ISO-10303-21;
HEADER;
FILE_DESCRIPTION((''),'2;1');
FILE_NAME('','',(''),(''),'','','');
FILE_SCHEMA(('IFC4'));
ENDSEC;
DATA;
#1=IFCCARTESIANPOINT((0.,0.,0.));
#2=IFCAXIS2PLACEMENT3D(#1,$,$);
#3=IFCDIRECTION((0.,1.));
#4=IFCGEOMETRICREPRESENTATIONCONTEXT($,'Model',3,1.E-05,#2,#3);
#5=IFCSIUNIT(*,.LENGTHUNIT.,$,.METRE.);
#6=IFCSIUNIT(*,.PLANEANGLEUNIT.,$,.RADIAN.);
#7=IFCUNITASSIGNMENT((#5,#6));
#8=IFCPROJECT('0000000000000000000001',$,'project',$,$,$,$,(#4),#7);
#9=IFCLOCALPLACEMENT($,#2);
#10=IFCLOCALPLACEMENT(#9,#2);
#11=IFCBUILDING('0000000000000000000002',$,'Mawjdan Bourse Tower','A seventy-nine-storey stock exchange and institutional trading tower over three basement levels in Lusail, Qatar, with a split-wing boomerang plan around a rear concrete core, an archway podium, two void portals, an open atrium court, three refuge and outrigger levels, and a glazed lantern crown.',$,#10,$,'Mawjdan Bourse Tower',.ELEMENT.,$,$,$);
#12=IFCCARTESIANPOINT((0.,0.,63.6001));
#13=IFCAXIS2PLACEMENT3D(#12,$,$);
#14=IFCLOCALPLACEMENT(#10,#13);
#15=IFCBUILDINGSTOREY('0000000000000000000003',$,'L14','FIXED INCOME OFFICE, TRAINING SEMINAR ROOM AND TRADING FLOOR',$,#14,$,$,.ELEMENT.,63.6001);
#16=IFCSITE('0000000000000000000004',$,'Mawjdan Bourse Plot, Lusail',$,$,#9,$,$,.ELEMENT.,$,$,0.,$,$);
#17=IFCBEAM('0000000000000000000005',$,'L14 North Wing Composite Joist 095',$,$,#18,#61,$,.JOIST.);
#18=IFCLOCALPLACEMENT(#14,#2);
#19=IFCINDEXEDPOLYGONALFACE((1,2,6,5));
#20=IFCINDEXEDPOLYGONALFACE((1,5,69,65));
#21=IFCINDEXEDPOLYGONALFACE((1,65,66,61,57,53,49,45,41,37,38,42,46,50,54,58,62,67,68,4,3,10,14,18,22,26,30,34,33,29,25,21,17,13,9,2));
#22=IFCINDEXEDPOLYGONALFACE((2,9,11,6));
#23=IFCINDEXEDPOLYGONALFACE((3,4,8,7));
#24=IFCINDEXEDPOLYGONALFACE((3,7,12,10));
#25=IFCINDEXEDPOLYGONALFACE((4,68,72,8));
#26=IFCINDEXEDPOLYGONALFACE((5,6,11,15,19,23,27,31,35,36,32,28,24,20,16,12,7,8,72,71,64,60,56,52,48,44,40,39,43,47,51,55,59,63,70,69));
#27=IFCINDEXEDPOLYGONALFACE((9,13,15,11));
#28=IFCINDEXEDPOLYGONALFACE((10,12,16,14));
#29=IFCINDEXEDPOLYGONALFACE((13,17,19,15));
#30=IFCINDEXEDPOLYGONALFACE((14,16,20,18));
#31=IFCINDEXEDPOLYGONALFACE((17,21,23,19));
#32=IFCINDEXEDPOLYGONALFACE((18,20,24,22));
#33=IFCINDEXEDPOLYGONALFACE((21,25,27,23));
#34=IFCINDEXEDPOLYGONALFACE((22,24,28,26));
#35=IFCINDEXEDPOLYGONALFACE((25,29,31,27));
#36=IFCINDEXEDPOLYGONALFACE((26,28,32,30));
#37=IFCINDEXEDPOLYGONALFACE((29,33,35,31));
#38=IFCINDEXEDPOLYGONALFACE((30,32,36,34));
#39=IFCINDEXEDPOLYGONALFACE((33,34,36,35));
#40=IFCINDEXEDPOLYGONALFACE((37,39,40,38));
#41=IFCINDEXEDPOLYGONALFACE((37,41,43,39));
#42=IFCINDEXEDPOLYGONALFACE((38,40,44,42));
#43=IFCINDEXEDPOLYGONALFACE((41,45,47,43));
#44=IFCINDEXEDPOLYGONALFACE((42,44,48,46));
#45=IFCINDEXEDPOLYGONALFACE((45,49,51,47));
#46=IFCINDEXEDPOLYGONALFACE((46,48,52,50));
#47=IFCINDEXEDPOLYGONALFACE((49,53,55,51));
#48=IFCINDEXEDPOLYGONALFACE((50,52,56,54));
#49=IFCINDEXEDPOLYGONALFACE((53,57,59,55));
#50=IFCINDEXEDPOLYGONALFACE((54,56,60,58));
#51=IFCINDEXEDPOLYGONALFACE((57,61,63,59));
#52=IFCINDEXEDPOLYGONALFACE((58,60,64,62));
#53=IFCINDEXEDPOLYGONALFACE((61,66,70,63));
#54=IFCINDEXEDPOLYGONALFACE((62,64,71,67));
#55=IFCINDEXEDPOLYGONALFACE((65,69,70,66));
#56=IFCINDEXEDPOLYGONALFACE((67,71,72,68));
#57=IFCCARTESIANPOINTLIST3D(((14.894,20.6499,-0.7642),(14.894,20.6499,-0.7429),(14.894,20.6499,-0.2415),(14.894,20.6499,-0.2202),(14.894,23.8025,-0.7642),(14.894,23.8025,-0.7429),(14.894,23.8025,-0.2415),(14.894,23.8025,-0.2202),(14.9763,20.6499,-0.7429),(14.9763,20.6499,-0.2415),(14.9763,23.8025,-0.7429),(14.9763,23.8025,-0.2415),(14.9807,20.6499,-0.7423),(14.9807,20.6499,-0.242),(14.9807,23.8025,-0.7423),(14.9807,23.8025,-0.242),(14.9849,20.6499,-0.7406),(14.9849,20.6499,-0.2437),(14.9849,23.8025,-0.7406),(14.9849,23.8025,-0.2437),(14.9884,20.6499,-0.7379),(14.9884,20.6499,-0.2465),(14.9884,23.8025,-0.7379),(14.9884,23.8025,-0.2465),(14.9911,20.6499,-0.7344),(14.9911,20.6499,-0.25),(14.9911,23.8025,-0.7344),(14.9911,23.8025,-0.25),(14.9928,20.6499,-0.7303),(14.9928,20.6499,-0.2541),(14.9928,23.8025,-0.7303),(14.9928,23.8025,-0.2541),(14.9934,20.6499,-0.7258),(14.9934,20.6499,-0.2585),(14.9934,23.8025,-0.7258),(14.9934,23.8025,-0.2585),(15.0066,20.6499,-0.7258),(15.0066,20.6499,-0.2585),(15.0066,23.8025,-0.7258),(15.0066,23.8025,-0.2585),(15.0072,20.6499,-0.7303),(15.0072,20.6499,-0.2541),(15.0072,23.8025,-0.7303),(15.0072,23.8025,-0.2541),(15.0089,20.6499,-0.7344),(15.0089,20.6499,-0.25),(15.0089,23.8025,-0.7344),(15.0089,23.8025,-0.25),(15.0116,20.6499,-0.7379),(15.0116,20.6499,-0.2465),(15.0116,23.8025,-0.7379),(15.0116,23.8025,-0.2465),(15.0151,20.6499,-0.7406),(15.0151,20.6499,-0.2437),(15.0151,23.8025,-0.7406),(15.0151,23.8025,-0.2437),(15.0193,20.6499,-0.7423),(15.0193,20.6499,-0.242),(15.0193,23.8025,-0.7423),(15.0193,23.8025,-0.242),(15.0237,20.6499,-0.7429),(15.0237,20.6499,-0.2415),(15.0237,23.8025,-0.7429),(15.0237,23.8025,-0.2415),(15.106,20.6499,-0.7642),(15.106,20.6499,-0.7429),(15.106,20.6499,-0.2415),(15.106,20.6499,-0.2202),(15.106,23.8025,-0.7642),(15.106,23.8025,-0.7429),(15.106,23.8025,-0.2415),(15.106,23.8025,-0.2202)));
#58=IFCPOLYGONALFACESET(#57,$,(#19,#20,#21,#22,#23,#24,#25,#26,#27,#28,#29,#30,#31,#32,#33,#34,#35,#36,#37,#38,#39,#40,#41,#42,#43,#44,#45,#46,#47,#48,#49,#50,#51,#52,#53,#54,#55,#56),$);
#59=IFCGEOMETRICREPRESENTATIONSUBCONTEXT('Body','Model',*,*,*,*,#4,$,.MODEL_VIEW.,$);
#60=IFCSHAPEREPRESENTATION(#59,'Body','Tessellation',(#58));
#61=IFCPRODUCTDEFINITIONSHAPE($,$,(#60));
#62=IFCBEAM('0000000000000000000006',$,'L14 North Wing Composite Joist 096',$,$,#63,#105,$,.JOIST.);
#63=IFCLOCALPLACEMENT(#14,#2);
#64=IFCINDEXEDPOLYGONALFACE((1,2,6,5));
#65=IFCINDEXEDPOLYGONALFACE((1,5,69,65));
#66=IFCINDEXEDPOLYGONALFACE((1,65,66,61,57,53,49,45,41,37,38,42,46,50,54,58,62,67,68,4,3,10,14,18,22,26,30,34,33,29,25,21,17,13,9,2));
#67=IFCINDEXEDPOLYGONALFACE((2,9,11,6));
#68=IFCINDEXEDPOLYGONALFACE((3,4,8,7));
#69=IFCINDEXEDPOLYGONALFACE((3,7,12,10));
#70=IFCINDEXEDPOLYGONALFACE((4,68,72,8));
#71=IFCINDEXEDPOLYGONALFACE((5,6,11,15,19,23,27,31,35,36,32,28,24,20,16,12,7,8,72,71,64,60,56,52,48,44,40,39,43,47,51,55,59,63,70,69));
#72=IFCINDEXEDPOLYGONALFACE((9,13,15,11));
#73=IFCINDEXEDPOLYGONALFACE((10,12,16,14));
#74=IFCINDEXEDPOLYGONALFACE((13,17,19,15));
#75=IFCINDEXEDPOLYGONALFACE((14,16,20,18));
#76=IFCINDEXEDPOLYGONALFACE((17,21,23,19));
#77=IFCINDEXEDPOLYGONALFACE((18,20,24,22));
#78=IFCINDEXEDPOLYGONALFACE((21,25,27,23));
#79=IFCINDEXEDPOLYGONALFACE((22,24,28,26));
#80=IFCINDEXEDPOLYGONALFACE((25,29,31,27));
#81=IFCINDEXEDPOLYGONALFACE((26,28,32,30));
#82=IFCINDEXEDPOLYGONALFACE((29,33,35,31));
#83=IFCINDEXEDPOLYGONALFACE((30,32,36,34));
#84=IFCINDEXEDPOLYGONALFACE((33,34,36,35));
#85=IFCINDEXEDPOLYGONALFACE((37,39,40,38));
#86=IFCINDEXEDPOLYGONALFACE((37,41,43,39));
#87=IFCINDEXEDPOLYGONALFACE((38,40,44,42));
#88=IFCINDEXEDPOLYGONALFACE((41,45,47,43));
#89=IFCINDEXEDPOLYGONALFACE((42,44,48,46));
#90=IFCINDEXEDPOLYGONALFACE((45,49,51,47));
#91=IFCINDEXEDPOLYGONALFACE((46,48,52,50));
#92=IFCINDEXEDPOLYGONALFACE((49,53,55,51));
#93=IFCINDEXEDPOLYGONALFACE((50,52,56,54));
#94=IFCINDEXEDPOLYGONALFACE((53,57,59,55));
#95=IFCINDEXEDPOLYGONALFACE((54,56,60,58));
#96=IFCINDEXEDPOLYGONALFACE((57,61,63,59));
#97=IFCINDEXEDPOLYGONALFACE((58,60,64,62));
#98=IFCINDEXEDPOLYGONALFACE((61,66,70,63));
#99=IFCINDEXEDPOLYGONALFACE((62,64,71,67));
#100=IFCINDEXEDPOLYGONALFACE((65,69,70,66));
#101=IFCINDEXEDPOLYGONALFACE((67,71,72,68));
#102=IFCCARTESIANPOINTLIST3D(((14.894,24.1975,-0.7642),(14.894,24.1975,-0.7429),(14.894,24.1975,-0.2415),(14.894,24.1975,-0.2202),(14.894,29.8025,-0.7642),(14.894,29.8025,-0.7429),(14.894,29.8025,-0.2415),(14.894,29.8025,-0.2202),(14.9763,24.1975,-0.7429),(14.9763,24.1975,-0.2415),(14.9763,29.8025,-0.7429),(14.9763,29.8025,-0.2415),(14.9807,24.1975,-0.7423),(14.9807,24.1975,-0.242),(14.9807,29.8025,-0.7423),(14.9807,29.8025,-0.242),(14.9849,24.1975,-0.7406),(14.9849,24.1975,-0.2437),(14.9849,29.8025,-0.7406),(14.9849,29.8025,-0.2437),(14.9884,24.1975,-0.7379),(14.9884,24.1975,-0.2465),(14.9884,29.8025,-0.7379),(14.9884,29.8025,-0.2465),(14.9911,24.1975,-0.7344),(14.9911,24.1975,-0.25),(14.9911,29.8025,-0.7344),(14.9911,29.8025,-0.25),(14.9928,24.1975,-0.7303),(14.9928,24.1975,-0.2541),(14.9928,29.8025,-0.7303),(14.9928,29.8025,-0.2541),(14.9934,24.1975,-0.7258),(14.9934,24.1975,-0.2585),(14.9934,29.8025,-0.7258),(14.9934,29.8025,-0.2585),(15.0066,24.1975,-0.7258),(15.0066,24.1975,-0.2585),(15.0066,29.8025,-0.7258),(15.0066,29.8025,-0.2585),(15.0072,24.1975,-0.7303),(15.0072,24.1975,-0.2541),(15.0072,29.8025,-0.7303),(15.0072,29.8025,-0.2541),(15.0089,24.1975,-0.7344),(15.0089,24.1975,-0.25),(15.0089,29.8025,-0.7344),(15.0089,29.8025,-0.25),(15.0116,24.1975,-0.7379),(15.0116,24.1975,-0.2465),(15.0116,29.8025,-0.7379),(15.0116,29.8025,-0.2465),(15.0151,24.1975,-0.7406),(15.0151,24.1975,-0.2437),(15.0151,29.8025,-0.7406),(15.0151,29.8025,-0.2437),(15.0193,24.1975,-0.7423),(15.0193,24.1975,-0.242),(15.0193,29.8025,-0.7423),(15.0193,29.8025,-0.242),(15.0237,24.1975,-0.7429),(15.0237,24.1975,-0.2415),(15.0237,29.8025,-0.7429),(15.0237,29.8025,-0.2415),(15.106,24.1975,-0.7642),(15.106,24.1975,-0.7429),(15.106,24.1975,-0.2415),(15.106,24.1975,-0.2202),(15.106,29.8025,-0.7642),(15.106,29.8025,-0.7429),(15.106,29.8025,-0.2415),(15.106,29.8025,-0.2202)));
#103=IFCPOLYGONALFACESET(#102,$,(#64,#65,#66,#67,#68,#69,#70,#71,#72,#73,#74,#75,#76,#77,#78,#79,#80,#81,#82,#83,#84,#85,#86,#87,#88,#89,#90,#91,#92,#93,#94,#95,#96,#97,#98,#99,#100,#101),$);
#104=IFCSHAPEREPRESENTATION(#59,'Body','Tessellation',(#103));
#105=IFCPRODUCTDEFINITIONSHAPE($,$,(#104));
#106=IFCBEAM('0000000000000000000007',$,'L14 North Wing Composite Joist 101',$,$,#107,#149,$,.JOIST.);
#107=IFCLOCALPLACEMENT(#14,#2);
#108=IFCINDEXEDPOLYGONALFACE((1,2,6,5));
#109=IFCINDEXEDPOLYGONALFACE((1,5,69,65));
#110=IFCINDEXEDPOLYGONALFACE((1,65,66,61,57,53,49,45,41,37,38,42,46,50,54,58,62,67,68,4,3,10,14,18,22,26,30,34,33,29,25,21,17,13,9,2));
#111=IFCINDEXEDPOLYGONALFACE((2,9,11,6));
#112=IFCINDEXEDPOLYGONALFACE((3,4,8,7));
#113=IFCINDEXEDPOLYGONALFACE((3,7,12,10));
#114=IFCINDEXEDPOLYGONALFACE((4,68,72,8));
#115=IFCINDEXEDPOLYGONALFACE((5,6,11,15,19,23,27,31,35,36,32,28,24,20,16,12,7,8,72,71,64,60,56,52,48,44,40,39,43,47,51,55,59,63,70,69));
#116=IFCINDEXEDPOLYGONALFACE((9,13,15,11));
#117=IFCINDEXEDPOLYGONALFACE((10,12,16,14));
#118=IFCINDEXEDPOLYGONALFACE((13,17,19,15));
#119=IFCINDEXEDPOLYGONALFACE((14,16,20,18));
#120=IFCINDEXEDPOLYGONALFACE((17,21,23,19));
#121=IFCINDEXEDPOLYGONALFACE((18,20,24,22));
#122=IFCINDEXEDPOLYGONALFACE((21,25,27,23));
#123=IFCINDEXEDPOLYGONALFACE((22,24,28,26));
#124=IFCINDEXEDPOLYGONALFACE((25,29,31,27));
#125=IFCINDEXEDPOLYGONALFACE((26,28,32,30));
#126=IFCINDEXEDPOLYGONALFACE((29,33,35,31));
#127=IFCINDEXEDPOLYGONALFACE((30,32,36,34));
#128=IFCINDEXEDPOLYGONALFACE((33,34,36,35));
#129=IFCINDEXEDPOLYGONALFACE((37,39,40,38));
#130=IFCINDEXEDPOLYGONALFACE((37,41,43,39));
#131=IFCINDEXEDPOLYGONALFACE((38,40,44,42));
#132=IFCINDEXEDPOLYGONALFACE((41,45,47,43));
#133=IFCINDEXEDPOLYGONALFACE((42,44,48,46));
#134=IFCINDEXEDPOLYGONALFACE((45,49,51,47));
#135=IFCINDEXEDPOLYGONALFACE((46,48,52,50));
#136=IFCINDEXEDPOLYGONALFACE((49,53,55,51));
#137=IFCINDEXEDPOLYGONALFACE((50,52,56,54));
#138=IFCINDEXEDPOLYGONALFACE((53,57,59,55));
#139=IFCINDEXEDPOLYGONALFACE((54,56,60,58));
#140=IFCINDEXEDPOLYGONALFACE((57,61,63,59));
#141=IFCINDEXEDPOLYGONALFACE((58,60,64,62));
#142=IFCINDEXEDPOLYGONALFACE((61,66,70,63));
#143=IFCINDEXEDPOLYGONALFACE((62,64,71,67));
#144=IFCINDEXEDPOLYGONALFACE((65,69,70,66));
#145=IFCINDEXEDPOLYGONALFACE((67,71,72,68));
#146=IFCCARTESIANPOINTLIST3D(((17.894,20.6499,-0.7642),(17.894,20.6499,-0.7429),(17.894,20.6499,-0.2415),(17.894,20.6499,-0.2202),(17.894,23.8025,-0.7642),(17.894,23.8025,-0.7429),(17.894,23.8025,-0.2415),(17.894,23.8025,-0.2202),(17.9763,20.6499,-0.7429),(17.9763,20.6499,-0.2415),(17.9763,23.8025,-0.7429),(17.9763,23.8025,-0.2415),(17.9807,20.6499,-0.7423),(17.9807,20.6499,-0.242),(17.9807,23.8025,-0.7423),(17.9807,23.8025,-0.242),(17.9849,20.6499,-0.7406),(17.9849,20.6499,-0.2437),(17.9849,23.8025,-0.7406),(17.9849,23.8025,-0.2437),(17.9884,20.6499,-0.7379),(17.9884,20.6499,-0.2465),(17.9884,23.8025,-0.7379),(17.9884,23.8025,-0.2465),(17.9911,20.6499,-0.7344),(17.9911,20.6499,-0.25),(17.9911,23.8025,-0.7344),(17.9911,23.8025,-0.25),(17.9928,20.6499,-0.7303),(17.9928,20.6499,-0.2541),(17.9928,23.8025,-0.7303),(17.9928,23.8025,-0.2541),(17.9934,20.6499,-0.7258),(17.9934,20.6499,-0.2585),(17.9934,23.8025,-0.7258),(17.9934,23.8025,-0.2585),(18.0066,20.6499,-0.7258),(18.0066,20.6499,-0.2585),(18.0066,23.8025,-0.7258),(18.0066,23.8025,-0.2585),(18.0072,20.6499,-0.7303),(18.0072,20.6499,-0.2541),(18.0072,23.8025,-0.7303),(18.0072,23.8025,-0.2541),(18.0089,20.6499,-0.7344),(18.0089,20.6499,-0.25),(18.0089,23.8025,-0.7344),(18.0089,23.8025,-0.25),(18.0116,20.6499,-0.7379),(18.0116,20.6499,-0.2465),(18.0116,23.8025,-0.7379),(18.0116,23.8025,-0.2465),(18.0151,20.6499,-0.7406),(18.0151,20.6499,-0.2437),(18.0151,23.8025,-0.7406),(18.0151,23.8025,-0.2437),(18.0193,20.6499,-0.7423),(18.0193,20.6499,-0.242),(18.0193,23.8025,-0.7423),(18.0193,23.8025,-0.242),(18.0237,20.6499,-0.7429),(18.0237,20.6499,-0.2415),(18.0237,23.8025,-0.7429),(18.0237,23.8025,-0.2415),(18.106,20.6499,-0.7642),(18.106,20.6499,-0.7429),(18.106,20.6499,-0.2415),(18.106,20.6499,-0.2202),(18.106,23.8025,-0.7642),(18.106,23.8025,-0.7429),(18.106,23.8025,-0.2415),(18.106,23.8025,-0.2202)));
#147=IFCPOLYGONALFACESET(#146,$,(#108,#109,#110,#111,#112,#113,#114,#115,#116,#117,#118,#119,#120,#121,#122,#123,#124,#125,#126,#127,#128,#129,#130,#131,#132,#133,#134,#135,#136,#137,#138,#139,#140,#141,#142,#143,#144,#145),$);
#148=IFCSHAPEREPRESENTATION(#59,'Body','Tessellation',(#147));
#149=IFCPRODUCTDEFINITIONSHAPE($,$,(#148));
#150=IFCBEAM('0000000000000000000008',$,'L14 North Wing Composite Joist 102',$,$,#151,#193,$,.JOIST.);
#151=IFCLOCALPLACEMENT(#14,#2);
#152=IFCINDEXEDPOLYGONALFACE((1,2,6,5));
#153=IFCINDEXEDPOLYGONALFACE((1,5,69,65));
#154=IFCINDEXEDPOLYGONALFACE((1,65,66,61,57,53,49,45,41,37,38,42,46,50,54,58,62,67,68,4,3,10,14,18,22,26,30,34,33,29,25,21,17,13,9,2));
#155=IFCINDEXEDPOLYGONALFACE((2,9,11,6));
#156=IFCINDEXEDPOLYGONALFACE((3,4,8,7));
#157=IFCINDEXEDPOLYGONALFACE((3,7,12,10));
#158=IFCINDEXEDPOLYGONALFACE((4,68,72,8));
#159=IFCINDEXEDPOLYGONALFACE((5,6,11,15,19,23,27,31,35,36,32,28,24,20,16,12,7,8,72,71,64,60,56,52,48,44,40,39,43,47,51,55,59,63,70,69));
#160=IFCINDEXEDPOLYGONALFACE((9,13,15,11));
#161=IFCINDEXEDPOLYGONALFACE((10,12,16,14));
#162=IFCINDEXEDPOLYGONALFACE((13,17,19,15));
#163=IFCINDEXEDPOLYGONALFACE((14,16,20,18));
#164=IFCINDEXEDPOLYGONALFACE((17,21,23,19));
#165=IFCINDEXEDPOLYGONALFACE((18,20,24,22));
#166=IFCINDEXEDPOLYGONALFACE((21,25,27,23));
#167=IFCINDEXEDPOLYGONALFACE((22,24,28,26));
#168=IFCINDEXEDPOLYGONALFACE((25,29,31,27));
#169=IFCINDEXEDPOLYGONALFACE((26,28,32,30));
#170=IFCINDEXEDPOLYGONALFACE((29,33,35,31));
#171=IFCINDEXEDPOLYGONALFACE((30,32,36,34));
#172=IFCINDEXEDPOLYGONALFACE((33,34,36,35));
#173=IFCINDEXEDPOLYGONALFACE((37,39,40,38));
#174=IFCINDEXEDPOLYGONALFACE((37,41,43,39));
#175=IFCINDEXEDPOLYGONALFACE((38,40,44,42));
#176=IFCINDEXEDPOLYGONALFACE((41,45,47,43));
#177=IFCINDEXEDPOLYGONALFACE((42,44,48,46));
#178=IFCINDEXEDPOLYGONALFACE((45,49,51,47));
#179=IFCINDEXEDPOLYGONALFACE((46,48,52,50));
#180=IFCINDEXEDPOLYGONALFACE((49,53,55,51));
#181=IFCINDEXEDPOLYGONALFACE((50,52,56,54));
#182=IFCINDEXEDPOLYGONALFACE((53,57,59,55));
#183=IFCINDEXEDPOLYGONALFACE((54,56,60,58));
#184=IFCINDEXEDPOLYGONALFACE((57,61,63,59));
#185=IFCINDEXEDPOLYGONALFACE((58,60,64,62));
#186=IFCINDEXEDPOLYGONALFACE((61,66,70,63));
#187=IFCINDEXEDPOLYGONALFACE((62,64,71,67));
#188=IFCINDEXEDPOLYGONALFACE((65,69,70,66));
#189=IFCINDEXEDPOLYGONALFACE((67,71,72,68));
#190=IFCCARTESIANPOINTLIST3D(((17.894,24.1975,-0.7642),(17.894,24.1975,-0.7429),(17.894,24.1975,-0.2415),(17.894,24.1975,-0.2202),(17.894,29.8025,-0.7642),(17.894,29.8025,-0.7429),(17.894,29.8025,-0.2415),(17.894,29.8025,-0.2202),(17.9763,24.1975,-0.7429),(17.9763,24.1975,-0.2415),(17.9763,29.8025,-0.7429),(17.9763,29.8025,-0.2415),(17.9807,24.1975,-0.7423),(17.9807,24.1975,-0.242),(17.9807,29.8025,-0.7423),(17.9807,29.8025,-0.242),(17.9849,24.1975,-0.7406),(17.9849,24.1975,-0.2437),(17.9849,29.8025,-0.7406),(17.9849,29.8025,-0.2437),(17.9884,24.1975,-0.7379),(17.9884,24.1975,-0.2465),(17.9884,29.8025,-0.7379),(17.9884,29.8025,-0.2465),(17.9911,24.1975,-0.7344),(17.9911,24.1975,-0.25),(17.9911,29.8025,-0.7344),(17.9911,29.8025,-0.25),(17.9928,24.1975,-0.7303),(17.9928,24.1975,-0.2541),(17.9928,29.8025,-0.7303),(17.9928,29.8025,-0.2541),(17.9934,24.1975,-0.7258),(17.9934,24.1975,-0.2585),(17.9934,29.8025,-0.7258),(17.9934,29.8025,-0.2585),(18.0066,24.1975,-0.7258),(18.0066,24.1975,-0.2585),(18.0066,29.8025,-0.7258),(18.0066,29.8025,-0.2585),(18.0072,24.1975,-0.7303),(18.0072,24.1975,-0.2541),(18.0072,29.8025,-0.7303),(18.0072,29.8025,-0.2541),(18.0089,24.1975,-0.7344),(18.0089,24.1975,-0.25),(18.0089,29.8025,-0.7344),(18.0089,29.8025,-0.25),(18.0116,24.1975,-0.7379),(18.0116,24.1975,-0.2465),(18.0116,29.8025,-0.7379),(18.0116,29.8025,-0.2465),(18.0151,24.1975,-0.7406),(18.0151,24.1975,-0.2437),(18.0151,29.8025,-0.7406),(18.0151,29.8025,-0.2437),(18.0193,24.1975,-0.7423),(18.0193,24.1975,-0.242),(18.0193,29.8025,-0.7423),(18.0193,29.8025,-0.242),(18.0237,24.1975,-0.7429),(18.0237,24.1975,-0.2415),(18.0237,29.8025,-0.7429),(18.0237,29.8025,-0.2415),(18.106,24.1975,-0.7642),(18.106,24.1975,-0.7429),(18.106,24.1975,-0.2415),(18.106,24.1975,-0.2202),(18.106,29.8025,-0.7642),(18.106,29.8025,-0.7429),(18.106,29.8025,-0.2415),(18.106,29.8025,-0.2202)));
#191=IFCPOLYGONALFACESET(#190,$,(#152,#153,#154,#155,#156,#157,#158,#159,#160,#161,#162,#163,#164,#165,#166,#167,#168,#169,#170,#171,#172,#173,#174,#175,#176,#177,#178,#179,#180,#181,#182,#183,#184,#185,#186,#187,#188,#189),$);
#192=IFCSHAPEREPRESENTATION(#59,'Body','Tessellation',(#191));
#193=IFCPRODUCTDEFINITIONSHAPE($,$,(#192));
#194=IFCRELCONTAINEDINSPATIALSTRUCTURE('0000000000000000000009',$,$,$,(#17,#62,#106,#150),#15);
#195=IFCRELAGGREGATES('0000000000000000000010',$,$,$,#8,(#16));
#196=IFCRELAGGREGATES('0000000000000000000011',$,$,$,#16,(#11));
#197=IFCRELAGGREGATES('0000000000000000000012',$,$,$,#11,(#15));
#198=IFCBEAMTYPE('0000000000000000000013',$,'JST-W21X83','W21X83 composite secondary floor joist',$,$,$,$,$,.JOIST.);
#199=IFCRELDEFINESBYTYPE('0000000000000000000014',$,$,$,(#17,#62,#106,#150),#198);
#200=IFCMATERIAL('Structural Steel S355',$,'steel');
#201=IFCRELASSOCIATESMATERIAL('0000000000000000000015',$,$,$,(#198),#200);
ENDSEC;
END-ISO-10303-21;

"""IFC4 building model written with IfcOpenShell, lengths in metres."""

from ifc_helpers import new_model, si_unit, direction, frame, origin, origin_2d, place, context, subcontext, project, spatial, i_section, extrude, material, material_profile, profile_set, type_object, element, save


model = new_model("IFC4")

# Units and contexts
model_context = context("Model", 3, precision=1e-05, world=origin(), true_north=direction((0.0, 1.0)))
body_context = subcontext(model_context, "Body", "Model", "MODEL_VIEW")
ifc_project = project(units=[si_unit("LENGTHUNIT", "METRE"), si_unit("PLANEANGLEUNIT", "RADIAN")], contexts=[model_context])

# Site, building, storey
site_placement = place(None, origin())
site = spatial("IfcSite", under=ifc_project, at=site_placement, Name="Mawjdan Bourse Plot, Lusail", CompositionType="ELEMENT", RefElevation=0.0)
building_placement = place(site_placement, origin())
building = spatial("IfcBuilding", under=site, at=building_placement, Name="Mawjdan Bourse Tower", Description="A seventy-nine-storey stock exchange and institutional trading tower over three basement levels in Lusail, Qatar, with a split-wing boomerang plan around a rear concrete core, an archway podium, two void portals, an open atrium court, three refuge and outrigger levels, and a glazed lantern crown.", LongName="Mawjdan Bourse Tower", CompositionType="ELEMENT")
storey_placement = place(building_placement, frame((0.0, 0.0, 63.6001)))
storey = spatial("IfcBuildingStorey", under=building, at=storey_placement, Name="L14", Description="FIXED INCOME OFFICE, TRAINING SEMINAR ROOM AND TRADING FLOOR", CompositionType="ELEMENT", Elevation=63.6001)

# Beams
ifc_material_1 = material(Name="Structural Steel S355", Category="steel")
ifc_material_profile_1 = material_profile(ifc_material_1, i_section(OverallWidth=0.2119, OverallDepth=0.5439, WebThickness=0.0132, FlangeThickness=0.0212, FilletRadius=0.0171, at=origin_2d()), Name="W21X83")
ifc_profile_set_1 = profile_set([ifc_material_profile_1], Name="Structural Steel S355")
beam_type_1 = type_object("IfcBeamType", Name="JST-W21X83", Description="W21X83 composite secondary floor joist", PredefinedType="JOIST", material=ifc_profile_set_1)
beam_1_placement = place(storey_placement, frame((15.0, 20.6499, -0.4922), z_axis=(0.0, 1.0, 0.0), x_axis=(-1.0, 0.0, 0.0)))
element("IfcBeam", 1, at=beam_1_placement, inside=storey, type_object=beam_type_1, Name="L14 North Wing Composite Joist 095", PredefinedType="JOIST", context=body_context, shape_type="SweptSolid", body=[
    extrude(i_section(OverallWidth=0.2119, OverallDepth=0.5439, WebThickness=0.0132, FlangeThickness=0.0212, FilletRadius=0.0171, at=origin_2d()), origin(), (0.0, 0.0, 1.0), 3.1526),
])
beam_2_placement = place(storey_placement, frame((15.0, 24.1975, -0.4922), z_axis=(0.0, 1.0, 0.0), x_axis=(-1.0, 0.0, 0.0)))
element("IfcBeam", 2, at=beam_2_placement, inside=storey, type_object=beam_type_1, Name="L14 North Wing Composite Joist 096", PredefinedType="JOIST", context=body_context, shape_type="SweptSolid", body=[
    extrude(i_section(OverallWidth=0.2119, OverallDepth=0.5439, WebThickness=0.0132, FlangeThickness=0.0212, FilletRadius=0.0171, at=origin_2d()), origin(), (0.0, 0.0, 1.0), 5.605),
])
beam_3_placement = place(storey_placement, frame((18.0, 20.6499, -0.4922), z_axis=(0.0, 1.0, 0.0), x_axis=(-1.0, 0.0, 0.0)))
element("IfcBeam", 3, at=beam_3_placement, inside=storey, type_object=beam_type_1, Name="L14 North Wing Composite Joist 101", PredefinedType="JOIST", context=body_context, shape_type="SweptSolid", body=[
    extrude(i_section(OverallWidth=0.2119, OverallDepth=0.5439, WebThickness=0.0132, FlangeThickness=0.0212, FilletRadius=0.0171, at=origin_2d()), origin(), (0.0, 0.0, 1.0), 3.1526),
])
beam_4_placement = place(storey_placement, frame((18.0, 24.1975, -0.4922), z_axis=(0.0, 1.0, 0.0), x_axis=(-1.0, 0.0, 0.0)))
element("IfcBeam", 4, at=beam_4_placement, inside=storey, type_object=beam_type_1, Name="L14 North Wing Composite Joist 102", PredefinedType="JOIST", context=body_context, shape_type="SweptSolid", body=[
    extrude(i_section(OverallWidth=0.2119, OverallDepth=0.5439, WebThickness=0.0132, FlangeThickness=0.0212, FilletRadius=0.0171, at=origin_2d()), origin(), (0.0, 0.0, 1.0), 5.605),
])

save(model, "model.ifc")
